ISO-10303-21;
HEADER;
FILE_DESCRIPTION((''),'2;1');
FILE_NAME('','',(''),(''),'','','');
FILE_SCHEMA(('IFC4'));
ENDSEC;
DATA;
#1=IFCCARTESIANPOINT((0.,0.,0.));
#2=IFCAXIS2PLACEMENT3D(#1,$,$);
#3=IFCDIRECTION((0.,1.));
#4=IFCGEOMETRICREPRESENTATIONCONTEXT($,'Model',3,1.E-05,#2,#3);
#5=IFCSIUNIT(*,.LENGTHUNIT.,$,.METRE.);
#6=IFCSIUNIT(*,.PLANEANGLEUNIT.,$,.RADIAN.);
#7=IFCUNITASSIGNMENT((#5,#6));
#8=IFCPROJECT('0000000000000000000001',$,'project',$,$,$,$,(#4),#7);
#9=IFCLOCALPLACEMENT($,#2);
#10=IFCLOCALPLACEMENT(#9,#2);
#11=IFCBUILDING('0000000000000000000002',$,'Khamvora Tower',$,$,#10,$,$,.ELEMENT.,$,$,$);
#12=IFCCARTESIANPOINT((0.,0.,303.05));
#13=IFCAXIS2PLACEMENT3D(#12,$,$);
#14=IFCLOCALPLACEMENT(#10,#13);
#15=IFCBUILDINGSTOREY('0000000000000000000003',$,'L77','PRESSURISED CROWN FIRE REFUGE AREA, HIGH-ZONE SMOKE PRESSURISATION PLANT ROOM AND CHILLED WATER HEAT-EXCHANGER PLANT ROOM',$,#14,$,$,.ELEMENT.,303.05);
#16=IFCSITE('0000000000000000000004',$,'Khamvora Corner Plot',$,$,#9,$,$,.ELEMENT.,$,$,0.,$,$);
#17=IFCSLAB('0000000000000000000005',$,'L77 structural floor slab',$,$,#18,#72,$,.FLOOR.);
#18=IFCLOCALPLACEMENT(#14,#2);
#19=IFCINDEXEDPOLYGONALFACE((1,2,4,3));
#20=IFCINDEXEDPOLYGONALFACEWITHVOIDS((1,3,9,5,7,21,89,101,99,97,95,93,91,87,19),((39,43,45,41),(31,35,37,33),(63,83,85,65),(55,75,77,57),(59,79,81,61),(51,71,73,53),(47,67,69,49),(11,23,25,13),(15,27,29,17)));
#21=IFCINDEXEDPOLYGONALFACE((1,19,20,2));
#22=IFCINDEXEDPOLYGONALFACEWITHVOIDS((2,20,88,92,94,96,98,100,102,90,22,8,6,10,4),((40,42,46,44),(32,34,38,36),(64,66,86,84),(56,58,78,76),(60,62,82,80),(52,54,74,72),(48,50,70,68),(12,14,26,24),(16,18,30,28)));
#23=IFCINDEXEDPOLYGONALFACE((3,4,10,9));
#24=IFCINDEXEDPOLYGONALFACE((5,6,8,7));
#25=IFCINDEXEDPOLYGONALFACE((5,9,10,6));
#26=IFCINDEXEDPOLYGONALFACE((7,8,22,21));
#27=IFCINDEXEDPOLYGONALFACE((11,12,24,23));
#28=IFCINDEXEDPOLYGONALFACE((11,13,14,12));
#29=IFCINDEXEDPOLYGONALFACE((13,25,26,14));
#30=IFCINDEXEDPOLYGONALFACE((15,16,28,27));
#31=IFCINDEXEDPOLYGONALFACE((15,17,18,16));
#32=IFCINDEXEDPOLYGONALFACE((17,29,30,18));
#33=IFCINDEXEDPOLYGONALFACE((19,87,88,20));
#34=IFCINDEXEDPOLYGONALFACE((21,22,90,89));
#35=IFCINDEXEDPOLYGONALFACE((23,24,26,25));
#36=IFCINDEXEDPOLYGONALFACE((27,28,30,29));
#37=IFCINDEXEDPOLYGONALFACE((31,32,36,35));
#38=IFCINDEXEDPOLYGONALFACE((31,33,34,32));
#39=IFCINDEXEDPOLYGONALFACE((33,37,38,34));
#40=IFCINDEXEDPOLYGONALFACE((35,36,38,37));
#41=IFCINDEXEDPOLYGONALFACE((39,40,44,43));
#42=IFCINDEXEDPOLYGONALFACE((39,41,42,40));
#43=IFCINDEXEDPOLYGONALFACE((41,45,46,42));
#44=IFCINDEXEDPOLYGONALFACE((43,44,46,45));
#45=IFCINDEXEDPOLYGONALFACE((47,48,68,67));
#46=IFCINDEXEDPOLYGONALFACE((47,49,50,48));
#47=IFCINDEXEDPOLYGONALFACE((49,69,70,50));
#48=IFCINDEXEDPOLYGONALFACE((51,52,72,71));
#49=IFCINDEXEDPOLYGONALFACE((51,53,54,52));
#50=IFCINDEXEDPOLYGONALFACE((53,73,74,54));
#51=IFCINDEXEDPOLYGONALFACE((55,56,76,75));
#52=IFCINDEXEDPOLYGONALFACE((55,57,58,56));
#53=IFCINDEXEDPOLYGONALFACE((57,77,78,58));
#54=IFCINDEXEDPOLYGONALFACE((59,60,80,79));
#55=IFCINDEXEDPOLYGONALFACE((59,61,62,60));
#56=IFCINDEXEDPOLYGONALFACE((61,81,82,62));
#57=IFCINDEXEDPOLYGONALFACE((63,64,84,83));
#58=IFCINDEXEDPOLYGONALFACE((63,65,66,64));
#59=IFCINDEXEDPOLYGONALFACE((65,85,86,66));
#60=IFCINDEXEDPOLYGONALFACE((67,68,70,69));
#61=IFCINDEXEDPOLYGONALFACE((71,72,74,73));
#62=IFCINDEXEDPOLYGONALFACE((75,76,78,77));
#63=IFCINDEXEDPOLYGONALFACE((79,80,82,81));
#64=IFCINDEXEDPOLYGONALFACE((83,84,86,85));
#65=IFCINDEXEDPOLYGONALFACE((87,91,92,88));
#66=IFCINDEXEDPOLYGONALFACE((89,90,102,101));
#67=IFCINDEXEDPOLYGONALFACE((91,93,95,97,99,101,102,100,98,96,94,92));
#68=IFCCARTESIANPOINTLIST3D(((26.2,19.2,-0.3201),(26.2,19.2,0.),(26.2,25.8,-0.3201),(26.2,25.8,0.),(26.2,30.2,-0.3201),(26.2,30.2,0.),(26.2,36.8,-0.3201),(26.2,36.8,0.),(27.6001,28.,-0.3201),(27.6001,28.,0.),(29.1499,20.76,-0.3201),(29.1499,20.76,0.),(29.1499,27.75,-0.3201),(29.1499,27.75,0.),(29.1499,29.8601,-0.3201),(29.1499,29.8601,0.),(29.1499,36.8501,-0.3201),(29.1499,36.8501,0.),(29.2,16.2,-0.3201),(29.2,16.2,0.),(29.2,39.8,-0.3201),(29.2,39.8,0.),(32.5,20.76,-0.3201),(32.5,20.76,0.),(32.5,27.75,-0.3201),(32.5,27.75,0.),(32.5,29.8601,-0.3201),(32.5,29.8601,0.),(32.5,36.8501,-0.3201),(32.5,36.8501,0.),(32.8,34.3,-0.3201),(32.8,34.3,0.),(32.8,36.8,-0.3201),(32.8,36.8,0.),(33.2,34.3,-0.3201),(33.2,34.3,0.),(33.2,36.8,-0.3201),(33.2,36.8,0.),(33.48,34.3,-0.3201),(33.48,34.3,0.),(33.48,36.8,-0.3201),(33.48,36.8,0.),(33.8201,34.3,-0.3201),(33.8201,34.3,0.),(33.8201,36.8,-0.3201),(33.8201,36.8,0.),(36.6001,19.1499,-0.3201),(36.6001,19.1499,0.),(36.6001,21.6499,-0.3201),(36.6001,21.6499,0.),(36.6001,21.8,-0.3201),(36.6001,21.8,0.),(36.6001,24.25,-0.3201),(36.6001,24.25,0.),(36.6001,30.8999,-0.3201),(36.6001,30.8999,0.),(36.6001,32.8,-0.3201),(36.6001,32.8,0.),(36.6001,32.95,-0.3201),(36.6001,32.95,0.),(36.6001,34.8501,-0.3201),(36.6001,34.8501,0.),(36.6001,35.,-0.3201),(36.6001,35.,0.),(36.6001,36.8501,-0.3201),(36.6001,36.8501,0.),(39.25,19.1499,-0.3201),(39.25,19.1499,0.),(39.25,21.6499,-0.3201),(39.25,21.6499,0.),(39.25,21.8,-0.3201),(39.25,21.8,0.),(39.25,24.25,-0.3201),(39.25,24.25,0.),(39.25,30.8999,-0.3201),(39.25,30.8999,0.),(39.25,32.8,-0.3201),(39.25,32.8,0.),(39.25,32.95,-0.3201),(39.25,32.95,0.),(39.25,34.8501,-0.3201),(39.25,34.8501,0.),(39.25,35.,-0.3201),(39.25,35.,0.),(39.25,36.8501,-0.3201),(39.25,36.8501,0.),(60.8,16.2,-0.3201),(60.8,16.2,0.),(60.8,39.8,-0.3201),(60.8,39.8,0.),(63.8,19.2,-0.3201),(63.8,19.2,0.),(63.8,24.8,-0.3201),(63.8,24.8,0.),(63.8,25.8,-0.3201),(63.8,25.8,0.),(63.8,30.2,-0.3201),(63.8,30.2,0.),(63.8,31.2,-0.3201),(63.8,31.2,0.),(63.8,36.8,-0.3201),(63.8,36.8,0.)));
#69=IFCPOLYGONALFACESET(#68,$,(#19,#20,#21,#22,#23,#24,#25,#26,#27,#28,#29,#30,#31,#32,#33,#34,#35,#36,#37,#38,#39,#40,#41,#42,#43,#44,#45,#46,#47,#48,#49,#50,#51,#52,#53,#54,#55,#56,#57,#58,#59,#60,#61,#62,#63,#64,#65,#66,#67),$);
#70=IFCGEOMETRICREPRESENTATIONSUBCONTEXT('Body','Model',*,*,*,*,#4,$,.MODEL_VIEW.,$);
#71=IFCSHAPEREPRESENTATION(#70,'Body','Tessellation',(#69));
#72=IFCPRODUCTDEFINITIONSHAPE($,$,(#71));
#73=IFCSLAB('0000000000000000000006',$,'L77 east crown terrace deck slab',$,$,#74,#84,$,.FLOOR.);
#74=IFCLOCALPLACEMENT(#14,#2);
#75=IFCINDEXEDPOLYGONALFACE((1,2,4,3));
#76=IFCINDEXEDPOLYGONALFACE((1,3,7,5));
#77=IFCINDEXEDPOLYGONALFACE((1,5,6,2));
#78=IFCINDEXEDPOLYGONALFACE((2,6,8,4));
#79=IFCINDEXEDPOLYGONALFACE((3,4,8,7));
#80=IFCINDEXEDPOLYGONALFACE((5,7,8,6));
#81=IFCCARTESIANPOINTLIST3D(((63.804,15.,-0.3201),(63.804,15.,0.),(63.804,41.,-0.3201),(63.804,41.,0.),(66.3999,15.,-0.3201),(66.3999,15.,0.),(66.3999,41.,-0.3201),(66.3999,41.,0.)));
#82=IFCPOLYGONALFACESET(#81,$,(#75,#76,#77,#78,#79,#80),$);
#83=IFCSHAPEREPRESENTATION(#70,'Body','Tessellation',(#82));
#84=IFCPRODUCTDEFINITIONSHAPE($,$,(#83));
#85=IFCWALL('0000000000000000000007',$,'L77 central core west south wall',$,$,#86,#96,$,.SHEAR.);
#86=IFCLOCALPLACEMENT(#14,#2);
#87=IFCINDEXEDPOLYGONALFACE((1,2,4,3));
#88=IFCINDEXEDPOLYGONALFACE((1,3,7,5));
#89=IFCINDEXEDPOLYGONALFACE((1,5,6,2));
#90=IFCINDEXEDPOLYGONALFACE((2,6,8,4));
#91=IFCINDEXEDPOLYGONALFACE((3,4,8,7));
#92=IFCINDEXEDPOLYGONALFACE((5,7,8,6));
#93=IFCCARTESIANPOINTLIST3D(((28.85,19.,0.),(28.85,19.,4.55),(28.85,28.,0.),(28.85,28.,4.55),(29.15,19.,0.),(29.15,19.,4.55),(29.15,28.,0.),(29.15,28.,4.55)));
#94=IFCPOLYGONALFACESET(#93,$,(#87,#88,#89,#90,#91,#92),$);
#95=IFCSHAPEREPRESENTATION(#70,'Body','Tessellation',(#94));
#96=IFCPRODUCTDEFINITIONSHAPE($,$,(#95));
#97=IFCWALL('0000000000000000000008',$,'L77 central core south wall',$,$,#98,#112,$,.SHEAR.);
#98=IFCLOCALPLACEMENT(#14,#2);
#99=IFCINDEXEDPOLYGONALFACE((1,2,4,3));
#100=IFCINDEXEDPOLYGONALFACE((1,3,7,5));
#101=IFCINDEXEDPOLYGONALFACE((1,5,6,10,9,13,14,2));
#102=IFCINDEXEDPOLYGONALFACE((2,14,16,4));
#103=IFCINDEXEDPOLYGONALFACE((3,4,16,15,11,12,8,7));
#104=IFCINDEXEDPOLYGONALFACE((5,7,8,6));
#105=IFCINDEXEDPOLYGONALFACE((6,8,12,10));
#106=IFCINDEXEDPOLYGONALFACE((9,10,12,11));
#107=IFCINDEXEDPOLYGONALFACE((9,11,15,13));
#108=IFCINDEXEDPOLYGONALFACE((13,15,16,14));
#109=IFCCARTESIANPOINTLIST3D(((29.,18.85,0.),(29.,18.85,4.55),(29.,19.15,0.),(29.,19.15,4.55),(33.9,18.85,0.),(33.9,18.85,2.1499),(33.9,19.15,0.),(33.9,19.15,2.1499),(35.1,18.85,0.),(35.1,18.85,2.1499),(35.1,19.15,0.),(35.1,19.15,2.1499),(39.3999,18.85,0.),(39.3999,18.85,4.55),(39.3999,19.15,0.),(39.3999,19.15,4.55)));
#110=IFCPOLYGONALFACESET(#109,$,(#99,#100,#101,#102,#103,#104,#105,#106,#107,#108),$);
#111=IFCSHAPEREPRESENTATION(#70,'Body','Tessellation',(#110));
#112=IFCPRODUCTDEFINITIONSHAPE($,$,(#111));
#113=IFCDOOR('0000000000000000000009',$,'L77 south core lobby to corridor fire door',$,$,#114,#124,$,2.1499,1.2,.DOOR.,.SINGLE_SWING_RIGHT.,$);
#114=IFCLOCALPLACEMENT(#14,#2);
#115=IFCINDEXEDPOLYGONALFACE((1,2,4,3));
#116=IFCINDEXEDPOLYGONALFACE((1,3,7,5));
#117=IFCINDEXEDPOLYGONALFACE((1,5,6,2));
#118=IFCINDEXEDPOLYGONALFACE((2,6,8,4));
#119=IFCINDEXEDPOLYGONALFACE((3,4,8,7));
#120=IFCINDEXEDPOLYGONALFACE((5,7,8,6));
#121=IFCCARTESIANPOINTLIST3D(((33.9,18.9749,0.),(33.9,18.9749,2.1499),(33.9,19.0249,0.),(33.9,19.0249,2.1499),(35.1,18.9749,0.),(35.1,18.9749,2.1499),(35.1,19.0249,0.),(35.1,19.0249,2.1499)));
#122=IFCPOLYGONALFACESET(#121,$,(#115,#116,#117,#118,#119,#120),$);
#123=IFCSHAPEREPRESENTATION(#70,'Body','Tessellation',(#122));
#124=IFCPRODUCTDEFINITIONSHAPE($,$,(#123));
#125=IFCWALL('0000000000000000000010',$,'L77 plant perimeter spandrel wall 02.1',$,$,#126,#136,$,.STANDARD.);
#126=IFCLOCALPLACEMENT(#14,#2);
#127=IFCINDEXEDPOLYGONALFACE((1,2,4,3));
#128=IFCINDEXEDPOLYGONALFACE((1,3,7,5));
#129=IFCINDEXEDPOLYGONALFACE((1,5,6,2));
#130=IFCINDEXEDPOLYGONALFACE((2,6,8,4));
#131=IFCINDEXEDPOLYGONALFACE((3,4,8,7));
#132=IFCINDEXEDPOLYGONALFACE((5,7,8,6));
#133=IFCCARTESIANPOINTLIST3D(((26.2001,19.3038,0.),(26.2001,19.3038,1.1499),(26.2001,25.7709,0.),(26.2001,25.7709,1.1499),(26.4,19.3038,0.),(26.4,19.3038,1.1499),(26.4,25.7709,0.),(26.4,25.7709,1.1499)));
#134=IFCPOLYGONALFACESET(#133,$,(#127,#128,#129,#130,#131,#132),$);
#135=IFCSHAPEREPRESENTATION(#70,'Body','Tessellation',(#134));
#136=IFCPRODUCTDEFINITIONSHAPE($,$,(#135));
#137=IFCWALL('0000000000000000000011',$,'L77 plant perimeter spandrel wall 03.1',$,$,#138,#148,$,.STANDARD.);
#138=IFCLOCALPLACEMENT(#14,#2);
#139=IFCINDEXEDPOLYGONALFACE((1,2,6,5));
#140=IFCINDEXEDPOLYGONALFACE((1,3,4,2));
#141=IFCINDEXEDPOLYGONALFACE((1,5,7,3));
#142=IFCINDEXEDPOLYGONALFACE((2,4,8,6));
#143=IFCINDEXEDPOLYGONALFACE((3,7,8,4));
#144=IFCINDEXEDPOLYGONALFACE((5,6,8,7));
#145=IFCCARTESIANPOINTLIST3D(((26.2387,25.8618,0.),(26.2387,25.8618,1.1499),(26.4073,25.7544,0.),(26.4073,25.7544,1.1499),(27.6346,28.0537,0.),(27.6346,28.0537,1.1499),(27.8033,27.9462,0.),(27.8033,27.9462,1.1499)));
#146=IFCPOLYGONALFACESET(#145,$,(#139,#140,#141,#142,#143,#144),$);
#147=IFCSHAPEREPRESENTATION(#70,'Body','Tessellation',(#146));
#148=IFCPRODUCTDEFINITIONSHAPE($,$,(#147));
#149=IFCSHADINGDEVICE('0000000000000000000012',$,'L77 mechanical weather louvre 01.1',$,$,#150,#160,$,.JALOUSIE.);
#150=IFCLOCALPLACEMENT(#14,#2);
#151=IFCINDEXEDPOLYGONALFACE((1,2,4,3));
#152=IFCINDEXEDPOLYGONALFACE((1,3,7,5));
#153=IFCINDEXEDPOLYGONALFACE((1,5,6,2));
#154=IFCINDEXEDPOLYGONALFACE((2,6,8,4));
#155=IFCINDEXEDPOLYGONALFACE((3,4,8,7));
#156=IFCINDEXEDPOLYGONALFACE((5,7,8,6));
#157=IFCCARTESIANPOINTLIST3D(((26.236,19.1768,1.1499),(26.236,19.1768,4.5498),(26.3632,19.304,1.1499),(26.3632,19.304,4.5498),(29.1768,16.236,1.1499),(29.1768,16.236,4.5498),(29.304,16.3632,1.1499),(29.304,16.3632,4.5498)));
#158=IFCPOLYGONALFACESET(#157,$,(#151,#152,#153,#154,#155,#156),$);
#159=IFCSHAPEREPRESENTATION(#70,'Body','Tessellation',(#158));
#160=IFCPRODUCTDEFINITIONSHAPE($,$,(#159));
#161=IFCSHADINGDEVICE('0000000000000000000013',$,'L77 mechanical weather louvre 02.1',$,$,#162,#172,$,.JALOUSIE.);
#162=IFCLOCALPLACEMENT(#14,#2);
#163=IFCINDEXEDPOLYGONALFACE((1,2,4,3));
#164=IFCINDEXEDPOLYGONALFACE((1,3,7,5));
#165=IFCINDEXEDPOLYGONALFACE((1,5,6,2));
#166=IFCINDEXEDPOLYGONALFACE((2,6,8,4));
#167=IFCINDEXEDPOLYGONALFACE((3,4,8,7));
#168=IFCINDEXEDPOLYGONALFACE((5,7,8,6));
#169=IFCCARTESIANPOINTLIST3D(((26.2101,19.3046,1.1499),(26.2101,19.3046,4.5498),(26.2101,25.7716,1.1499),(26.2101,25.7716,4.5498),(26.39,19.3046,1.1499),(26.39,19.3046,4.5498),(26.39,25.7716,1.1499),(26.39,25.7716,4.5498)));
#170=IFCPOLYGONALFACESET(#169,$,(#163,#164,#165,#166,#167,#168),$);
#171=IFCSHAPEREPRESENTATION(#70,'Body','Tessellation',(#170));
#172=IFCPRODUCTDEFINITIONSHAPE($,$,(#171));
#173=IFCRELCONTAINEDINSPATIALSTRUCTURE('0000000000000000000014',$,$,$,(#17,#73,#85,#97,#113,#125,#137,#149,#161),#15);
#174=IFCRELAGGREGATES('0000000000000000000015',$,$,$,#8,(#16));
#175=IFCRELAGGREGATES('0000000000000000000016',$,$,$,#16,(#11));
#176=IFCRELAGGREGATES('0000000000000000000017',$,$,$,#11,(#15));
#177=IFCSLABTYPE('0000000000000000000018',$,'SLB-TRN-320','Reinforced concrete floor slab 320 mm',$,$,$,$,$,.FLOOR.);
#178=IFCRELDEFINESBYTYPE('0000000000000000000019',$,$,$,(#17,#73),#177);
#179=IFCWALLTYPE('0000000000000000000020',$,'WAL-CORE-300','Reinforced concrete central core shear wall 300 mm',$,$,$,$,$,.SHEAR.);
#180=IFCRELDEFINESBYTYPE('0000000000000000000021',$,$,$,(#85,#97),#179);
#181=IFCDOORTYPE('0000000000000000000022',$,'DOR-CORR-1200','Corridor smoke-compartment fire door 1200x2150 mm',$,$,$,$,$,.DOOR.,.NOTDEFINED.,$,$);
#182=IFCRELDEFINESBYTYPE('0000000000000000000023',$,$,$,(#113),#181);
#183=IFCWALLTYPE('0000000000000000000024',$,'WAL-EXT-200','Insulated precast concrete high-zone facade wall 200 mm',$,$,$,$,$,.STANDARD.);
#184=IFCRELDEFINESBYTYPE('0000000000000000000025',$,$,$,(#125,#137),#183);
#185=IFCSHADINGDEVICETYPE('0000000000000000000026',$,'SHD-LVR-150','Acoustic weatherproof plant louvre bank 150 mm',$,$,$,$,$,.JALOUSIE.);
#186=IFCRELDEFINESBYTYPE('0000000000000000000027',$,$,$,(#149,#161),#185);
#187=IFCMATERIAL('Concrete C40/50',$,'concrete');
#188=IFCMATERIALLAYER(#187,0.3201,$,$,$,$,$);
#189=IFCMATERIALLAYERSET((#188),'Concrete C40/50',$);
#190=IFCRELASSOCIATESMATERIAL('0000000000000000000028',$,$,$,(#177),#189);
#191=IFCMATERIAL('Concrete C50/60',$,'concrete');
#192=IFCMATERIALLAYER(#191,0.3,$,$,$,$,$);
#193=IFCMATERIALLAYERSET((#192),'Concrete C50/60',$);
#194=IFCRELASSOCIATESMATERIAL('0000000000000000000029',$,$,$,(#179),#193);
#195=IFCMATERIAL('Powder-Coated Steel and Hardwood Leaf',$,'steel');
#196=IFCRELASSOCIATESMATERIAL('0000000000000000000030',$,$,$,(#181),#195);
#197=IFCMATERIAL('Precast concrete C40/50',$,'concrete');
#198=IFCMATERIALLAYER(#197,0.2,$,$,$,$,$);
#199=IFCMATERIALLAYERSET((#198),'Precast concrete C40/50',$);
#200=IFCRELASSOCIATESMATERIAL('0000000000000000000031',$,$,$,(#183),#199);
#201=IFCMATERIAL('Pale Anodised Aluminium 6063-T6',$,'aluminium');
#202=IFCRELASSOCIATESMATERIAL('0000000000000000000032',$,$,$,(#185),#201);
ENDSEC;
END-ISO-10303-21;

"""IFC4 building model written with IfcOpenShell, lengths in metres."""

from ifc_helpers import new_model, si_unit, direction, frame, frame_2d, origin, origin_2d, place, context, subcontext, project, spatial, polyline, rectangle, outline, extrude, material, layer, layer_set, type_object, element, fill, save


model = new_model("IFC4")

# Units and contexts
model_context = context("Model", 3, precision=1e-05, world=origin(), true_north=direction((0.0, 1.0)))
body_context = subcontext(model_context, "Body", "Model", "MODEL_VIEW")
ifc_project = project(units=[si_unit("LENGTHUNIT", "METRE"), si_unit("PLANEANGLEUNIT", "RADIAN")], contexts=[model_context])

# Site, building, storey
site_placement = place(None, origin())
site = spatial("IfcSite", under=ifc_project, at=site_placement, Name="Khamvora Corner Plot", CompositionType="ELEMENT", RefElevation=0.0)
building_placement = place(site_placement, origin())
building = spatial("IfcBuilding", under=site, at=building_placement, Name="Khamvora Tower", CompositionType="ELEMENT")
storey_placement = place(building_placement, frame((0.0, 0.0, 303.05)))
storey = spatial("IfcBuildingStorey", under=building, at=storey_placement, Name="L77", Description="PRESSURISED CROWN FIRE REFUGE AREA, HIGH-ZONE SMOKE PRESSURISATION PLANT ROOM AND CHILLED WATER HEAT-EXCHANGER PLANT ROOM", CompositionType="ELEMENT", Elevation=303.05)

# Shared definitions
ifc_material_1 = material(Name="Concrete C40/50", Category="concrete")

# Slabs
ifc_layer_1 = layer(ifc_material_1, 0.3201)
ifc_layer_set_1 = layer_set([ifc_layer_1], Name="Concrete C40/50")
slab_type_1 = type_object("IfcSlabType", Name="SLB-TRN-320", Description="Reinforced concrete floor slab 320 mm", PredefinedType="FLOOR", material=ifc_layer_set_1)
slab_1_placement = place(storey_placement, frame((0.0, 0.0, -0.3201)))
element("IfcSlab", 1, at=slab_1_placement, inside=storey, type_object=slab_type_1, Name="L77 structural floor slab", PredefinedType="FLOOR", context=body_context, shape_type="SweptSolid", body=[
    extrude(outline(polyline([(63.8, 19.2), (60.8, 16.2), (29.2, 16.2), (26.2, 19.2), (26.2, 25.8), (27.6001, 28.0), (26.2, 30.2), (26.2, 36.8), (29.2, 39.8), (60.8, 39.8), (63.8, 36.8), (63.8, 31.2), (63.8, 30.2), (63.8, 25.8), (63.8, 24.8), (63.8, 19.2)]), holes=[polyline([(32.5, 20.76), (32.5, 27.75), (29.1499, 27.75), (29.1499, 20.76), (32.5, 20.76)]), polyline([(32.5, 29.8601), (32.5, 36.8501), (29.1499, 36.8501), (29.1499, 29.8601), (32.5, 29.8601)]), polyline([(36.6001, 19.1499), (39.25, 19.1499), (39.25, 21.6499), (36.6001, 21.6499), (36.6001, 19.1499)]), polyline([(36.6001, 21.8), (39.25, 21.8), (39.25, 24.25), (36.6001, 24.25), (36.6001, 21.8)]), polyline([(36.6001, 30.8999), (39.25, 30.8999), (39.25, 32.8), (36.6001, 32.8), (36.6001, 30.8999)]), polyline([(36.6001, 32.95), (39.25, 32.95), (39.25, 34.8501), (36.6001, 34.8501), (36.6001, 32.95)]), polyline([(36.6001, 35.0), (39.25, 35.0), (39.25, 36.8501), (36.6001, 36.8501), (36.6001, 35.0)]), polyline([(32.8, 34.3), (33.2, 34.3), (33.2, 36.8), (32.8, 36.8), (32.8, 34.3)]), polyline([(33.48, 34.3), (33.8201, 34.3), (33.8201, 36.8), (33.48, 36.8), (33.48, 34.3)])]), origin(), (0.0, 0.0, 1.0), 0.3201),
])
slab_2_placement = place(storey_placement, frame((0.0, 0.0, -0.3201)))
element("IfcSlab", 2, at=slab_2_placement, inside=storey, type_object=slab_type_1, Name="L77 east crown terrace deck slab", PredefinedType="FLOOR", context=body_context, shape_type="SweptSolid", body=[
    extrude(outline(polyline([(63.804, 15.0), (66.3999, 15.0), (66.3999, 41.0), (63.804, 41.0), (63.804, 15.0)])), origin(), (0.0, 0.0, 1.0), 0.3201),
])

# Wall
ifc_material_2 = material(Name="Concrete C50/60", Category="concrete")
ifc_layer_2 = layer(ifc_material_2, 0.3)
ifc_layer_set_2 = layer_set([ifc_layer_2], Name="Concrete C50/60")
wall_type_1 = type_object("IfcWallType", Name="WAL-CORE-300", Description="Reinforced concrete central core shear wall 300 mm", PredefinedType="SHEAR", material=ifc_layer_set_2)
wall_1_placement = place(storey_placement, frame((29.0, 19.0, 0.0), z_axis=(0.0, 0.0, 1.0), x_axis=(0.0, 1.0, 0.0)))
element("IfcWall", 3, at=wall_1_placement, inside=storey, type_object=wall_type_1, Name="L77 central core west south wall", PredefinedType="SHEAR", context=body_context, shape_type="SweptSolid", body=[
    extrude(rectangle(XDim=9.0, YDim=0.3, at=frame_2d((4.5, 0.0))), origin(), (0.0, 0.0, 1.0), 4.55),
])

# Wall, opening, door
wall_2_placement = place(storey_placement, frame((29.0, 19.0, 0.0), z_axis=(0.0, 0.0, 1.0), x_axis=(1.0, 0.0, 0.0)))
wall_2 = element("IfcWall", 4, at=wall_2_placement, inside=storey, type_object=wall_type_1, Name="L77 central core south wall", PredefinedType="SHEAR", context=body_context, shape_type="SweptSolid", body=[
    extrude(rectangle(XDim=10.3999, YDim=0.3, at=frame_2d((5.2, 0.0))), origin(), (0.0, 0.0, 1.0), 4.55),
])
opening_placement = place(wall_2_placement, frame((4.8999, 0.0, 0.0)))
opening = element("IfcOpeningElement", 5, at=opening_placement, cuts=wall_2, PredefinedType="OPENING", context=body_context, shape_type="SweptSolid", body=[
    extrude(rectangle(XDim=1.2, YDim=2.1499, at=frame_2d((0.6001, 1.075))), frame((0.0, 0.1599, 0.0), z_axis=(0.0, -1.0, 0.0), x_axis=(1.0, 0.0, 0.0)), (0.0, 0.0, 1.0), 0.3201),
])
ifc_material_3 = material(Name="Powder-Coated Steel and Hardwood Leaf", Category="steel")
door_type = type_object("IfcDoorType", Name="DOR-CORR-1200", Description="Corridor smoke-compartment fire door 1200x2150 mm", OperationType="NOTDEFINED", PredefinedType="DOOR", material=ifc_material_3)
door_placement = place(opening_placement, origin())
door = element("IfcDoor", 6, at=door_placement, inside=storey, type_object=door_type, Name="L77 south core lobby to corridor fire door", OperationType="SINGLE_SWING_RIGHT", OverallHeight=2.1499, OverallWidth=1.2, PredefinedType="DOOR", context=body_context, shape_type="SweptSolid", body=[
    extrude(rectangle(XDim=1.2, YDim=2.1499, at=frame_2d((0.6001, 1.075))), frame((0.0, 0.0249, 0.0), z_axis=(0.0, -1.0, 0.0), x_axis=(1.0, 0.0, 0.0)), (0.0, 0.0, 1.0), 0.05),
])
fill(opening, door)

# Walls
ifc_material_4 = material(Name="Precast concrete C40/50", Category="concrete")
ifc_layer_3 = layer(ifc_material_4, 0.2)
ifc_layer_set_3 = layer_set([ifc_layer_3], Name="Precast concrete C40/50")
wall_type_2 = type_object("IfcWallType", Name="WAL-EXT-200", Description="Insulated precast concrete high-zone facade wall 200 mm", PredefinedType="STANDARD", material=ifc_layer_set_3)
wall_3_placement = place(storey_placement, frame((26.3, 19.304, 0.0), z_axis=(0.0, 0.0, 1.0), x_axis=(0.0, 1.0, 0.0)))
element("IfcWall", 7, at=wall_3_placement, inside=storey, type_object=wall_type_2, Name="L77 plant perimeter spandrel wall 02.1", PredefinedType="STANDARD", context=body_context, shape_type="SweptSolid", body=[
    extrude(rectangle(XDim=6.467, YDim=0.2, at=frame_2d((3.2334, 0.0))), origin(), (0.0, 0.0, 1.0), 1.1499),
])
wall_4_placement = place(storey_placement, frame((26.323, 25.8081, 0.0), z_axis=(0.0, 0.0, 1.0), x_axis=(0.537192, 0.84346, 0.0)))
element("IfcWall", 8, at=wall_4_placement, inside=storey, type_object=wall_type_2, Name="L77 plant perimeter spandrel wall 03.1", PredefinedType="STANDARD", context=body_context, shape_type="SweptSolid", body=[
    extrude(rectangle(XDim=2.5986, YDim=0.2, at=frame_2d((1.2993, 0.0))), origin(), (0.0, 0.0, 1.0), 1.1499),
])

# Shading devices
ifc_material_5 = material(Name="Pale Anodised Aluminium 6063-T6", Category="aluminium")
shading_device_type = type_object("IfcShadingDeviceType", Name="SHD-LVR-150", Description="Acoustic weatherproof plant louvre bank 150 mm", PredefinedType="JALOUSIE", material=ifc_material_5)
shading_device_1_placement = place(storey_placement, frame((27.77, 17.77, 1.1499), z_axis=(0.0, 0.0, 1.0), x_axis=(-0.707107, 0.707107, 0.0)))
element("IfcShadingDevice", 9, at=shading_device_1_placement, inside=storey, type_object=shading_device_type, Name="L77 mechanical weather louvre 01.1", PredefinedType="JALOUSIE", context=body_context, shape_type="SweptSolid", body=[
    extrude(rectangle(XDim=4.1589, YDim=0.1799, at=origin_2d()), origin(), (0.0, 0.0, 1.0), 3.3999),
])
shading_device_2_placement = place(storey_placement, frame((26.3, 22.5381, 1.1499), z_axis=(0.0, 0.0, 1.0), x_axis=(0.0, 1.0, 0.0)))
element("IfcShadingDevice", 10, at=shading_device_2_placement, inside=storey, type_object=shading_device_type, Name="L77 mechanical weather louvre 02.1", PredefinedType="JALOUSIE", context=body_context, shape_type="SweptSolid", body=[
    extrude(rectangle(XDim=6.467, YDim=0.1799, at=origin_2d()), origin(), (0.0, 0.0, 1.0), 3.3999),
])

save(model, "model.ifc")
